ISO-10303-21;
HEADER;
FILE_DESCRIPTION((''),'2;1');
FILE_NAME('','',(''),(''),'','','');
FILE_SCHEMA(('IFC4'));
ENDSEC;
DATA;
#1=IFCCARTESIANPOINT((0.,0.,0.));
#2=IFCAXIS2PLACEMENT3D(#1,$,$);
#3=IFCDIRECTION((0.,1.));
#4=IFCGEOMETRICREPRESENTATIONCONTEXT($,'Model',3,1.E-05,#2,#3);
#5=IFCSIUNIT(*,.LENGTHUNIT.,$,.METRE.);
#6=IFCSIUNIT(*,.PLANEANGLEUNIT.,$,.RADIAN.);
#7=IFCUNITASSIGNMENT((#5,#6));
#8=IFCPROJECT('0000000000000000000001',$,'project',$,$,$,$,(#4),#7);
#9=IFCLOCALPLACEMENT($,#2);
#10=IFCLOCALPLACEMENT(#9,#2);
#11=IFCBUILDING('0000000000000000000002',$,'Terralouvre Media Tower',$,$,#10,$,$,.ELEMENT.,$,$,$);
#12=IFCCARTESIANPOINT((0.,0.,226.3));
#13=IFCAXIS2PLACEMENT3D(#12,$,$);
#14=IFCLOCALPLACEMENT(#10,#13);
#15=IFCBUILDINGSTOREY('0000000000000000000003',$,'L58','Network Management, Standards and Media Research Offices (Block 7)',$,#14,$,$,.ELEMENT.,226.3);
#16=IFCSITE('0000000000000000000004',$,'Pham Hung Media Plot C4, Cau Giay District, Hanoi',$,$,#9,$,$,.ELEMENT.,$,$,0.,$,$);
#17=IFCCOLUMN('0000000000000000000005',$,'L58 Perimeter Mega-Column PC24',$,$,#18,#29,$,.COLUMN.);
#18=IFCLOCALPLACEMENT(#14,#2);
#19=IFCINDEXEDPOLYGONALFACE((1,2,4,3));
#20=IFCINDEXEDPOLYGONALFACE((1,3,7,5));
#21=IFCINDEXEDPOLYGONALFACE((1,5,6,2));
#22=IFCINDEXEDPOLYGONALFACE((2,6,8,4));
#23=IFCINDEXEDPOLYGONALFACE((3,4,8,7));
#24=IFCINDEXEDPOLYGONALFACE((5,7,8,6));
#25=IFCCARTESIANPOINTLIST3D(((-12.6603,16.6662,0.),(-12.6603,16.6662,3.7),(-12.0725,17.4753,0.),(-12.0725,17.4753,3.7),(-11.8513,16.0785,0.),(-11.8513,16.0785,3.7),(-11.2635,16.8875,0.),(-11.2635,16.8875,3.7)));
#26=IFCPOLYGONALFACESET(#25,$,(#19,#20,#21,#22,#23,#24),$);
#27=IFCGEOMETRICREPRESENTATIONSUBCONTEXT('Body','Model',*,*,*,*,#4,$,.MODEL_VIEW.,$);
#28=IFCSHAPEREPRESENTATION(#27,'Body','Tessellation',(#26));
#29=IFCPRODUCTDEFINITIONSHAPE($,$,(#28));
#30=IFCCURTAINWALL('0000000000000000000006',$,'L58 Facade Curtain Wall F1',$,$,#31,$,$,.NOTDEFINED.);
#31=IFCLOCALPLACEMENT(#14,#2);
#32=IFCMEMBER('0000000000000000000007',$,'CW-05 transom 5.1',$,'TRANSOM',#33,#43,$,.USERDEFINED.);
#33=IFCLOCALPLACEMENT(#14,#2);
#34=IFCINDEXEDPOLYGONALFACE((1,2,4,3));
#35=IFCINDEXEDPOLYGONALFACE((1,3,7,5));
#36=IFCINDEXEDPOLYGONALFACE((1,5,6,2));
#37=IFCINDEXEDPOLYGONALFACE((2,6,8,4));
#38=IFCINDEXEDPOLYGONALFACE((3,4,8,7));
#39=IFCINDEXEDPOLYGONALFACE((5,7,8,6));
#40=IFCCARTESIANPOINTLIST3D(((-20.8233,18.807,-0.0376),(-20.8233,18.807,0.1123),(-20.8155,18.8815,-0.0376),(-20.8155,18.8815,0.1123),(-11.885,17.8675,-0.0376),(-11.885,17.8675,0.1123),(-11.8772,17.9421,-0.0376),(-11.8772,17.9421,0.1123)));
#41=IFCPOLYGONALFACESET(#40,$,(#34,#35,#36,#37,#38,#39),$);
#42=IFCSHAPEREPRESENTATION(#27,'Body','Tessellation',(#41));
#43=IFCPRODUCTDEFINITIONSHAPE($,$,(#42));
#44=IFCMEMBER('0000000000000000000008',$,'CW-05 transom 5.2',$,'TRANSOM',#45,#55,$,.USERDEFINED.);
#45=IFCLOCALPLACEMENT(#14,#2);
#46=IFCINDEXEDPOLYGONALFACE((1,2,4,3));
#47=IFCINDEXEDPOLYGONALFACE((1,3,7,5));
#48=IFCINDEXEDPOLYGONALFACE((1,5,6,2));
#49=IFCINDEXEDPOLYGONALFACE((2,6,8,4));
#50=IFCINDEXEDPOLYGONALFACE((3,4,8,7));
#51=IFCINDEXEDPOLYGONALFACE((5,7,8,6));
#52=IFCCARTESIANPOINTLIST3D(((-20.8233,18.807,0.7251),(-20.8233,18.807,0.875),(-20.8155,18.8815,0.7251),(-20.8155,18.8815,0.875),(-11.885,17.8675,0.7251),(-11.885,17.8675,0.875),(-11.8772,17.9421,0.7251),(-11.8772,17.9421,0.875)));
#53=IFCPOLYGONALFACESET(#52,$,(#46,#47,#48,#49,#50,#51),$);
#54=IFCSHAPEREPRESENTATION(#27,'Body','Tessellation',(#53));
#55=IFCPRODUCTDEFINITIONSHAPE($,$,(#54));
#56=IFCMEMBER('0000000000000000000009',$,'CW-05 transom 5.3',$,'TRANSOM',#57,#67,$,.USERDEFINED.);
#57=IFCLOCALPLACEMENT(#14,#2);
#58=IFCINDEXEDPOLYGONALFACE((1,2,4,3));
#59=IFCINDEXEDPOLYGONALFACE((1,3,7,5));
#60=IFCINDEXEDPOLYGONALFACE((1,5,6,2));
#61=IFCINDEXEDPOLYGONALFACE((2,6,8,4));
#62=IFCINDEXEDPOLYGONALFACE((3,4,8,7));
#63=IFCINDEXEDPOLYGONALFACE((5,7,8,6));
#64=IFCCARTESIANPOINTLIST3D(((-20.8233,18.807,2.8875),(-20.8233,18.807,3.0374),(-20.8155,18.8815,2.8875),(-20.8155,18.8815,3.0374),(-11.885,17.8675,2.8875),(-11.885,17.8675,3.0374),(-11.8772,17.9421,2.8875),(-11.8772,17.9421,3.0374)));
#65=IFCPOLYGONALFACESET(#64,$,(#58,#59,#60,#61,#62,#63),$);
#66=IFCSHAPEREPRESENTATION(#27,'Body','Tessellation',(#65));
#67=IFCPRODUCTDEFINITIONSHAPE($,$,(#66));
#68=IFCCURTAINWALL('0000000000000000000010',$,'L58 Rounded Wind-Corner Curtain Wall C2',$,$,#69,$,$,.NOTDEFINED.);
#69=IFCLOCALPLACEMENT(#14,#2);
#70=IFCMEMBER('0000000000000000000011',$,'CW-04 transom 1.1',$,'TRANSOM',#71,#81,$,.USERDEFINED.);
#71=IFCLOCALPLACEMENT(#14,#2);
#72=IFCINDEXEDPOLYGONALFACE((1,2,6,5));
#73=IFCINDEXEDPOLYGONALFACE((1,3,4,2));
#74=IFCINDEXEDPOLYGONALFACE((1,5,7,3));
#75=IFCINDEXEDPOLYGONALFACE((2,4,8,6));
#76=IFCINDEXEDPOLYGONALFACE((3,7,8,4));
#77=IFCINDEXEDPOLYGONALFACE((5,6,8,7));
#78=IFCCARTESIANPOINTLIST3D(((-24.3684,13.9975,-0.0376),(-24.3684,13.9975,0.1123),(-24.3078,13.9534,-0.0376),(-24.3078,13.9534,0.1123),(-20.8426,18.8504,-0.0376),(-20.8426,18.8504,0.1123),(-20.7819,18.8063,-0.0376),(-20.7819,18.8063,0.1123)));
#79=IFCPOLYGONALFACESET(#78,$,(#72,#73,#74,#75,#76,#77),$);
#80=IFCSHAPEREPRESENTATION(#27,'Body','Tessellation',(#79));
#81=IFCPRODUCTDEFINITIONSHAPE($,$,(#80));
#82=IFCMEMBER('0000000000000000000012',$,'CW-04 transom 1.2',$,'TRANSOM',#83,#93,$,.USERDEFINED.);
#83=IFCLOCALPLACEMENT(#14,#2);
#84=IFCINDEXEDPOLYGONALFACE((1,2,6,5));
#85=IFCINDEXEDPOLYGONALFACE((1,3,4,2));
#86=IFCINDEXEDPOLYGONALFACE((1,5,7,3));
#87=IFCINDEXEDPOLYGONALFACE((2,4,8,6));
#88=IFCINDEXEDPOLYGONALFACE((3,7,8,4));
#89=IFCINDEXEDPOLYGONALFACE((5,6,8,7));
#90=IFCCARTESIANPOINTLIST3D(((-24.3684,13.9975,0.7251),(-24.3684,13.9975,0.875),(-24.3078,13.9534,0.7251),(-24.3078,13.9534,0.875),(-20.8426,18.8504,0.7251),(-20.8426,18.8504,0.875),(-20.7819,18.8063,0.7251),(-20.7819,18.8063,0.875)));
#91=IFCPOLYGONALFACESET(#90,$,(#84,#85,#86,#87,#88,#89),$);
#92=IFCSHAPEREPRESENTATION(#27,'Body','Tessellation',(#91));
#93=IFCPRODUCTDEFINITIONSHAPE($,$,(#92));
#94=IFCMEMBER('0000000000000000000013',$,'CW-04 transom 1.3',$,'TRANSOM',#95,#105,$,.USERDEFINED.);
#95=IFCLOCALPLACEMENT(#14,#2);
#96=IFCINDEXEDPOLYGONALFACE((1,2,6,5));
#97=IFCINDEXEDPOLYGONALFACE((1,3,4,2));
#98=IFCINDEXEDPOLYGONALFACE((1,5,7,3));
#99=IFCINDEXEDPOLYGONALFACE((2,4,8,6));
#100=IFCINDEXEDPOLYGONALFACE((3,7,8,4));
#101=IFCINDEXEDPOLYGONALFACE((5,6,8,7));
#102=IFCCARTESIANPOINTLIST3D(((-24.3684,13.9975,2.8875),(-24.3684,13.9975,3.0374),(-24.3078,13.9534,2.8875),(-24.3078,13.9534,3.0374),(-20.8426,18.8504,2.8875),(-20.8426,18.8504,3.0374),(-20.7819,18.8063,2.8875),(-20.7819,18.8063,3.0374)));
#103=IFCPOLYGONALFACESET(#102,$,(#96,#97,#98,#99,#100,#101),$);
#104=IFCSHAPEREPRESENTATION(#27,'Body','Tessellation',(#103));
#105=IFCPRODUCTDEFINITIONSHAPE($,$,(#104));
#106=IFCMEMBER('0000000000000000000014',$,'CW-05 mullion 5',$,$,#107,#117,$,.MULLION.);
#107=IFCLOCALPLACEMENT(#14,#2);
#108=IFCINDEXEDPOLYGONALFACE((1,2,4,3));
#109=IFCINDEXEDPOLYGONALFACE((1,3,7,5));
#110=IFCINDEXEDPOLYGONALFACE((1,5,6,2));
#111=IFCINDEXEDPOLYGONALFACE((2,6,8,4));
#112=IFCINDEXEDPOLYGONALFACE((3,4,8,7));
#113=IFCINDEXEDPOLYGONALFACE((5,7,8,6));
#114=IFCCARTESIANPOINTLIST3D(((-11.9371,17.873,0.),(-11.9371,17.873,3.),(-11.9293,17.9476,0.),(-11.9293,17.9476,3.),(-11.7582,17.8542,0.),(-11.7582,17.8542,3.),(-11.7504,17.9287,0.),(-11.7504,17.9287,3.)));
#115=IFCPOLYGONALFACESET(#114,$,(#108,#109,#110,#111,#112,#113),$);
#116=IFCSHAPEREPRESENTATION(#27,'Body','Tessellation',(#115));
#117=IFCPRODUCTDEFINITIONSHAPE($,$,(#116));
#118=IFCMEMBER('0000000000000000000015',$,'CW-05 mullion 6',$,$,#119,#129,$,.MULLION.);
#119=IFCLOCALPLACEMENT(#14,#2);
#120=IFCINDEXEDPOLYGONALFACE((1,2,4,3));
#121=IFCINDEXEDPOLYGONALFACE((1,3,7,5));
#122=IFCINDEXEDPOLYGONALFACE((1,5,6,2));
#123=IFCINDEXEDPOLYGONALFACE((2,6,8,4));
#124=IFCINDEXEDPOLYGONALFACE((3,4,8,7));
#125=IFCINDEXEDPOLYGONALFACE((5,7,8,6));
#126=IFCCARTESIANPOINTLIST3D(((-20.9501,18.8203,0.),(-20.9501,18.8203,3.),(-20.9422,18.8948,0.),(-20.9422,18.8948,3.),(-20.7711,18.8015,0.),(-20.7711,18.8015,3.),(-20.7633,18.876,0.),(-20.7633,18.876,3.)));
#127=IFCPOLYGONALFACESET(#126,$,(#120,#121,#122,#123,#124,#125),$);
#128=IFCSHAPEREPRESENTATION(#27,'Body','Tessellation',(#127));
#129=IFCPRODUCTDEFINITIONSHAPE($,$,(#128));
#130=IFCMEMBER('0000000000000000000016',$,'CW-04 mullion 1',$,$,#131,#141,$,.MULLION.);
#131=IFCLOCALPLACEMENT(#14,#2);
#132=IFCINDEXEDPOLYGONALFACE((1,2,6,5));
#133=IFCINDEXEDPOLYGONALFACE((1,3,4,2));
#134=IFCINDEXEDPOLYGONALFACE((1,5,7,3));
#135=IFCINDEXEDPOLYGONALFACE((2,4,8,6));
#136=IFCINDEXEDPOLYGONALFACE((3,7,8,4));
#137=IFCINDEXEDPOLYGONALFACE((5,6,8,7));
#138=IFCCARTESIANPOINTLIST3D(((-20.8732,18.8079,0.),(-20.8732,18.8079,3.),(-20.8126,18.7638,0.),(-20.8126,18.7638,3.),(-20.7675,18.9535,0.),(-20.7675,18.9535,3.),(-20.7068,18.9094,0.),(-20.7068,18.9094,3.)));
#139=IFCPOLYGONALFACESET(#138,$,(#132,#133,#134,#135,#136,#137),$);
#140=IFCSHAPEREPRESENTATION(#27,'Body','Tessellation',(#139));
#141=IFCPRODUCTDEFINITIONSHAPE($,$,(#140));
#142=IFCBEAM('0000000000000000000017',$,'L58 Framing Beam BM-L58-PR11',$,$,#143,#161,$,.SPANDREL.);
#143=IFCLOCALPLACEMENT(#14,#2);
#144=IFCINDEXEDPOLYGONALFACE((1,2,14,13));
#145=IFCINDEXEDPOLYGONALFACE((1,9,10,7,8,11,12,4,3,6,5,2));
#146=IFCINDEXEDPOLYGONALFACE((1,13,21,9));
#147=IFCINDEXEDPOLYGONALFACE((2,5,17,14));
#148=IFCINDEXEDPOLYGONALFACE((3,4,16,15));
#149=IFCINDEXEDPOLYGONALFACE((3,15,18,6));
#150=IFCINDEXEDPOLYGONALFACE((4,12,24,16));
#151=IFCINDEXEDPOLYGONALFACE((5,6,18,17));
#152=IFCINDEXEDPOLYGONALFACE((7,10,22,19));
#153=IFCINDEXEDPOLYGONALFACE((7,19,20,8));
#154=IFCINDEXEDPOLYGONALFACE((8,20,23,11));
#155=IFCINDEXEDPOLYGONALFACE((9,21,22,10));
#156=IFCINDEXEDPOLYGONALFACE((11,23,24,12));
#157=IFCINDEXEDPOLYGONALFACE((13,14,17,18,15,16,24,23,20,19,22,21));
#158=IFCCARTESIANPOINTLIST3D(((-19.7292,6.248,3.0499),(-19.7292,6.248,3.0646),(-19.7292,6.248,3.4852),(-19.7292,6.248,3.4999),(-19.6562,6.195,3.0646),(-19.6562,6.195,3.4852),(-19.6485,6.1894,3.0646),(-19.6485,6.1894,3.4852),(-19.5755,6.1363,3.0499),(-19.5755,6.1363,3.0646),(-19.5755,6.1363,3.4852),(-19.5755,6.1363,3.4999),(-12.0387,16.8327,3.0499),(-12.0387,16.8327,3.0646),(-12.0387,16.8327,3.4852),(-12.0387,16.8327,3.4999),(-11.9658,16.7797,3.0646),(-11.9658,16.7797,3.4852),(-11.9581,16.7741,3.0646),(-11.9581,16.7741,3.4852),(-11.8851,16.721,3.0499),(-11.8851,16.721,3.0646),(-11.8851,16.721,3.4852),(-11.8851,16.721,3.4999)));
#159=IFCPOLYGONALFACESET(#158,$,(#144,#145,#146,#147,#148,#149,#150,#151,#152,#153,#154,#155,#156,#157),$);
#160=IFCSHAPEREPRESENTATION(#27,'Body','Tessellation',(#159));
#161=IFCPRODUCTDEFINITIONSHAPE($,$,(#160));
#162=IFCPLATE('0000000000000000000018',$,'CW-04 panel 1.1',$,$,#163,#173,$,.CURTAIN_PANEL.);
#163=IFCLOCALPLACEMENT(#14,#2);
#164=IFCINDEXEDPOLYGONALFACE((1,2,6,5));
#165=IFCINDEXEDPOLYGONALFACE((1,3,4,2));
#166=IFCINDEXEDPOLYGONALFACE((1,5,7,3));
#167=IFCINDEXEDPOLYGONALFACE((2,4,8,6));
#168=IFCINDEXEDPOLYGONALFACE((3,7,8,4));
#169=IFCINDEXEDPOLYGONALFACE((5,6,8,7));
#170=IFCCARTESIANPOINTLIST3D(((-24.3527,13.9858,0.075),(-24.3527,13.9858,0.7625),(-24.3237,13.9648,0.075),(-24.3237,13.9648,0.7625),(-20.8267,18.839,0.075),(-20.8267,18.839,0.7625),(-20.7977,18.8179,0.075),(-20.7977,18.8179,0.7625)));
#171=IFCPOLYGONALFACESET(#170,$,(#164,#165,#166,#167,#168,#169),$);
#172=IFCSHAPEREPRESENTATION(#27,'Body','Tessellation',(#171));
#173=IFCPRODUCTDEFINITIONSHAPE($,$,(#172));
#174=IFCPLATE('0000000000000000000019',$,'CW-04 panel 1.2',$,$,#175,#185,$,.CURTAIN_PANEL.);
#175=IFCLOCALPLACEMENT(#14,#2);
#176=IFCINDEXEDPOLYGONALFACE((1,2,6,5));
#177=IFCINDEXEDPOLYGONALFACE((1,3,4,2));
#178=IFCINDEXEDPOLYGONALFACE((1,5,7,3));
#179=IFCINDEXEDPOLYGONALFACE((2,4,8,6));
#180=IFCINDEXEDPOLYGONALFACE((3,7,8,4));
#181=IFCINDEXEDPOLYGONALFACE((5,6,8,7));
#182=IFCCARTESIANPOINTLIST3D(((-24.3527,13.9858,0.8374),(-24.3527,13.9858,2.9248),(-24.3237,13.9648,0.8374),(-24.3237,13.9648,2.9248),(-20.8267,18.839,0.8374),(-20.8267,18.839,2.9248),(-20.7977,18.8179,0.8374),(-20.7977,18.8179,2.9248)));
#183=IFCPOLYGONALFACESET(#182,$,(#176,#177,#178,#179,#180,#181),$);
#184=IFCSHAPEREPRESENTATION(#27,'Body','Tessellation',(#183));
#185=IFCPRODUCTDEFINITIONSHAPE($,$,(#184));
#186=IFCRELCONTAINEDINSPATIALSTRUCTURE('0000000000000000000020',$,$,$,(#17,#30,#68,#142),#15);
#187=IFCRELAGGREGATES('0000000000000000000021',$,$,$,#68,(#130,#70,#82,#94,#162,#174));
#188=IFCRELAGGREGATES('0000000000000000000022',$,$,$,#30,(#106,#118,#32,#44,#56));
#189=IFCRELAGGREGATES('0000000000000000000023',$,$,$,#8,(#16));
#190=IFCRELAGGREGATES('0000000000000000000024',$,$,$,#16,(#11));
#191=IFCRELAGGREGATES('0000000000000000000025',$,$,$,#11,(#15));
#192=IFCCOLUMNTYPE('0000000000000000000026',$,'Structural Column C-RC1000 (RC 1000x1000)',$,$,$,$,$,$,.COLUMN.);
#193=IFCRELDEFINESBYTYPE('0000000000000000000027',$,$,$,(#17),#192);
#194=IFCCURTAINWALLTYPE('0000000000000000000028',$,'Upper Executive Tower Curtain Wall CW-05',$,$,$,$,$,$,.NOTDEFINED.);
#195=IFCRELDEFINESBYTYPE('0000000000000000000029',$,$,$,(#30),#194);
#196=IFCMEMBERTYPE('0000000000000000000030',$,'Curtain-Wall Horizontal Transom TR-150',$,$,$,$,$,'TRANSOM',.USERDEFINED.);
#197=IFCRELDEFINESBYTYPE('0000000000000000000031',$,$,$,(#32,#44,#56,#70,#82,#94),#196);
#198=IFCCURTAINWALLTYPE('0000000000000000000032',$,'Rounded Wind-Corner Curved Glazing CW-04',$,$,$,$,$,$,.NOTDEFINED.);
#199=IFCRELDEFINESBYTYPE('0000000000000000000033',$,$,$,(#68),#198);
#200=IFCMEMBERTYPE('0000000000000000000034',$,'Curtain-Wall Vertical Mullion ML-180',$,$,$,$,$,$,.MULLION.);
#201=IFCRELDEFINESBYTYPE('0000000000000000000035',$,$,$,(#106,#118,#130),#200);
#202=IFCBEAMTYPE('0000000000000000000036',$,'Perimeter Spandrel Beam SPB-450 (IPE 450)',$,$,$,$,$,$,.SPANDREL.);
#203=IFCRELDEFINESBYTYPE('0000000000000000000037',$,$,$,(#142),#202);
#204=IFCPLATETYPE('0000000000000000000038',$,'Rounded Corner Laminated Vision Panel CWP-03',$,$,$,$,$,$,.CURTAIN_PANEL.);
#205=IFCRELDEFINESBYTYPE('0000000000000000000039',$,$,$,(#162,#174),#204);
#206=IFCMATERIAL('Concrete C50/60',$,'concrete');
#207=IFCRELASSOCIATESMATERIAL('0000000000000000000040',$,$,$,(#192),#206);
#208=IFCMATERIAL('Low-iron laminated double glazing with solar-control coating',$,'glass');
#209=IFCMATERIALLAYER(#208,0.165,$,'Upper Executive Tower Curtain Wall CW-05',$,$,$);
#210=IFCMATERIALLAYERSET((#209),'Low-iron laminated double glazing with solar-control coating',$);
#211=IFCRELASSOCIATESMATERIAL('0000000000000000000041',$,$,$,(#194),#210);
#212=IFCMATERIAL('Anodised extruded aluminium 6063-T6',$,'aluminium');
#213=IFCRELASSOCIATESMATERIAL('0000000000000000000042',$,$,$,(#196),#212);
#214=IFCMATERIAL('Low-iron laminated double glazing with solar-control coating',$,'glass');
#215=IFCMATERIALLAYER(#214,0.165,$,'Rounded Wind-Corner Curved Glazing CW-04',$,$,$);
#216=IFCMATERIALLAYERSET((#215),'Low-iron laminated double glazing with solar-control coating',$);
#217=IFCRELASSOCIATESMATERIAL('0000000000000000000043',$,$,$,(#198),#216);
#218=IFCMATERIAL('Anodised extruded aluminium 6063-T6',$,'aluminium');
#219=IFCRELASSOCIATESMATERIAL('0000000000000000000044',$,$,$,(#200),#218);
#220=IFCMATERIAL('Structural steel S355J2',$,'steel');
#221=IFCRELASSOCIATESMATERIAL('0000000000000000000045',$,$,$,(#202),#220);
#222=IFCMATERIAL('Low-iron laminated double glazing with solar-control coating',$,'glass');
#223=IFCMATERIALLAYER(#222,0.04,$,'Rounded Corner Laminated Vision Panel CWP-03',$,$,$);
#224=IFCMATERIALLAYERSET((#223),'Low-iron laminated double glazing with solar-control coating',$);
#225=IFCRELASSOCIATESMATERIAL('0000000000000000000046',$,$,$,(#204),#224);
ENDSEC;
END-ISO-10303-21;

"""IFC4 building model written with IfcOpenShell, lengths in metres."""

from ifc_helpers import new_model, si_unit, direction, frame, origin, origin_2d, place, context, subcontext, project, spatial, rectangle, i_section, extrude, material, layer, layer_set, material_profile, profile_set, type_object, element, aggregate, save


model = new_model("IFC4")

# Units and contexts
model_context = context("Model", 3, precision=1e-05, world=origin(), true_north=direction((0.0, 1.0)))
body_context = subcontext(model_context, "Body", "Model", "MODEL_VIEW")
ifc_project = project(units=[si_unit("LENGTHUNIT", "METRE"), si_unit("PLANEANGLEUNIT", "RADIAN")], contexts=[model_context])

# Site, building, storey
site_placement = place(None, origin())
site = spatial("IfcSite", under=ifc_project, at=site_placement, Name="Pham Hung Media Plot C4, Cau Giay District, Hanoi", CompositionType="ELEMENT", RefElevation=0.0)
building_placement = place(site_placement, origin())
building = spatial("IfcBuilding", under=site, at=building_placement, Name="Terralouvre Media Tower", CompositionType="ELEMENT")
storey_placement = place(building_placement, frame((0.0, 0.0, 226.3)))
storey = spatial("IfcBuildingStorey", under=building, at=storey_placement, Name="L58", Description="Network Management, Standards and Media Research Offices (Block 7)", CompositionType="ELEMENT", Elevation=226.3)

# Column
ifc_material_1 = material(Name="Concrete C50/60", Category="concrete")
ifc_material_profile_1 = material_profile(ifc_material_1, rectangle(XDim=1.0, YDim=1.0, at=origin_2d()), Name="RC 1000x1000")
ifc_profile_set_1 = profile_set([ifc_material_profile_1], Name="Concrete C50/60")
column_type = type_object("IfcColumnType", Name="Structural Column C-RC1000 (RC 1000x1000)", PredefinedType="COLUMN", material=ifc_profile_set_1)
column_placement = place(storey_placement, frame((-11.9619, 16.7769, 0.0), z_axis=(0.0, 0.0, 1.0), x_axis=(0.587785, 0.809017, 0.0)))
element("IfcColumn", 1, at=column_placement, inside=storey, type_object=column_type, Name="L58 Perimeter Mega-Column PC24", PredefinedType="COLUMN", context=body_context, shape_type="SweptSolid", body=[
    extrude(rectangle(XDim=1.0, YDim=1.0, at=origin_2d()), origin(), (0.0, 0.0, 1.0), 3.7),
])

# Curtain walls, members
ifc_material_2 = material(Name="Low-iron laminated double glazing with solar-control coating", Category="glass")
ifc_layer_1 = layer(ifc_material_2, 0.165, Name="Upper Executive Tower Curtain Wall CW-05")
ifc_layer_set_1 = layer_set([ifc_layer_1], Name="Low-iron laminated double glazing with solar-control coating")
curtain_wall_type_1 = type_object("IfcCurtainWallType", Name="Upper Executive Tower Curtain Wall CW-05", PredefinedType="NOTDEFINED", material=ifc_layer_set_1)
curtain_wall_1_placement = place(storey_placement, origin())
curtain_wall_1 = element("IfcCurtainWall", 2, at=curtain_wall_1_placement, inside=storey, type_object=curtain_wall_type_1, Name="L58 Facade Curtain Wall F1", PredefinedType="NOTDEFINED")
ifc_material_3 = material(Name="Anodised extruded aluminium 6063-T6", Category="aluminium")
ifc_material_profile_2 = material_profile(ifc_material_3, rectangle(XDim=0.075, YDim=0.1499, at=origin_2d()), Name="ALU 75x150")
ifc_profile_set_2 = profile_set([ifc_material_profile_2], Name="Anodised extruded aluminium 6063-T6")
member_type_1 = type_object("IfcMemberType", Name="Curtain-Wall Horizontal Transom TR-150", ElementType="TRANSOM", PredefinedType="USERDEFINED", material=ifc_profile_set_2)
member_1_placement = place(storey_placement, frame((-11.8811, 17.9048, 0.0374), z_axis=(-0.994522, 0.104529, 0.0), x_axis=(-0.104529, -0.994522, 0.0)))
member_1 = element("IfcMember", 3, at=member_1_placement, type_object=member_type_1, Name="CW-05 transom 5.1", ObjectType="TRANSOM", PredefinedType="USERDEFINED", context=body_context, shape_type="SweptSolid", body=[
    extrude(rectangle(XDim=0.075, YDim=0.1499, at=origin_2d()), origin(), (0.0, 0.0, 1.0), 8.9875),
])
member_2_placement = place(storey_placement, frame((-11.8811, 17.9048, 0.8), z_axis=(-0.994522, 0.104529, 0.0), x_axis=(-0.104529, -0.994522, 0.0)))
member_2 = element("IfcMember", 4, at=member_2_placement, type_object=member_type_1, Name="CW-05 transom 5.2", ObjectType="TRANSOM", PredefinedType="USERDEFINED", context=body_context, shape_type="SweptSolid", body=[
    extrude(rectangle(XDim=0.075, YDim=0.1499, at=origin_2d()), origin(), (0.0, 0.0, 1.0), 8.9875),
])
member_3_placement = place(storey_placement, frame((-11.8811, 17.9048, 2.9624), z_axis=(-0.994522, 0.104529, 0.0), x_axis=(-0.104529, -0.994522, 0.0)))
member_3 = element("IfcMember", 5, at=member_3_placement, type_object=member_type_1, Name="CW-05 transom 5.3", ObjectType="TRANSOM", PredefinedType="USERDEFINED", context=body_context, shape_type="SweptSolid", body=[
    extrude(rectangle(XDim=0.075, YDim=0.1499, at=origin_2d()), origin(), (0.0, 0.0, 1.0), 8.9875),
])
ifc_material_4 = material(Name="Low-iron laminated double glazing with solar-control coating", Category="glass")
ifc_layer_2 = layer(ifc_material_4, 0.165, Name="Rounded Wind-Corner Curved Glazing CW-04")
ifc_layer_set_2 = layer_set([ifc_layer_2], Name="Low-iron laminated double glazing with solar-control coating")
curtain_wall_type_2 = type_object("IfcCurtainWallType", Name="Rounded Wind-Corner Curved Glazing CW-04", PredefinedType="NOTDEFINED", material=ifc_layer_set_2)
curtain_wall_2_placement = place(storey_placement, origin())
curtain_wall_2 = element("IfcCurtainWall", 6, at=curtain_wall_2_placement, inside=storey, type_object=curtain_wall_type_2, Name="L58 Rounded Wind-Corner Curtain Wall C2", PredefinedType="NOTDEFINED")
member_4_placement = place(storey_placement, frame((-20.8123, 18.8284, 0.0374), z_axis=(-0.58778, -0.809021, 0.0), x_axis=(0.809021, -0.58778, 0.0)))
member_4 = element("IfcMember", 7, at=member_4_placement, type_object=member_type_1, Name="CW-04 transom 1.1", ObjectType="TRANSOM", PredefinedType="USERDEFINED", context=body_context, shape_type="SweptSolid", body=[
    extrude(rectangle(XDim=0.075, YDim=0.1499, at=origin_2d()), origin(), (0.0, 0.0, 1.0), 5.9985),
])
member_5_placement = place(storey_placement, frame((-20.8123, 18.8284, 0.8), z_axis=(-0.58778, -0.809021, 0.0), x_axis=(0.809021, -0.58778, 0.0)))
member_5 = element("IfcMember", 8, at=member_5_placement, type_object=member_type_1, Name="CW-04 transom 1.2", ObjectType="TRANSOM", PredefinedType="USERDEFINED", context=body_context, shape_type="SweptSolid", body=[
    extrude(rectangle(XDim=0.075, YDim=0.1499, at=origin_2d()), origin(), (0.0, 0.0, 1.0), 5.9985),
])
member_6_placement = place(storey_placement, frame((-20.8123, 18.8284, 2.9624), z_axis=(-0.58778, -0.809021, 0.0), x_axis=(0.809021, -0.58778, 0.0)))
member_6 = element("IfcMember", 9, at=member_6_placement, type_object=member_type_1, Name="CW-04 transom 1.3", ObjectType="TRANSOM", PredefinedType="USERDEFINED", context=body_context, shape_type="SweptSolid", body=[
    extrude(rectangle(XDim=0.075, YDim=0.1499, at=origin_2d()), origin(), (0.0, 0.0, 1.0), 5.9985),
])

# Members
ifc_material_5 = material(Name="Anodised extruded aluminium 6063-T6", Category="aluminium")
ifc_material_profile_3 = material_profile(ifc_material_5, rectangle(XDim=0.075, YDim=0.1799, at=origin_2d()), Name="ALU 75x180")
ifc_profile_set_3 = profile_set([ifc_material_profile_3], Name="Anodised extruded aluminium 6063-T6")
member_type_2 = type_object("IfcMemberType", Name="Curtain-Wall Vertical Mullion ML-180", PredefinedType="MULLION", material=ifc_profile_set_3)
member_7_placement = place(storey_placement, frame((-11.8438, 17.9009, 0.0), z_axis=(0.0, 0.0, 1.0), x_axis=(-0.104529, -0.994522, 0.0)))
member_7 = element("IfcMember", 10, at=member_7_placement, type_object=member_type_2, Name="CW-05 mullion 5", PredefinedType="MULLION", context=body_context, shape_type="SweptSolid", body=[
    extrude(rectangle(XDim=0.075, YDim=0.1799, at=origin_2d()), origin(), (0.0, 0.0, 1.0), 3.0),
])
member_8_placement = place(storey_placement, frame((-20.8567, 18.8481, 0.0), z_axis=(0.0, 0.0, 1.0), x_axis=(-0.104529, -0.994522, 0.0)))
member_8 = element("IfcMember", 11, at=member_8_placement, type_object=member_type_2, Name="CW-05 mullion 6", PredefinedType="MULLION", context=body_context, shape_type="SweptSolid", body=[
    extrude(rectangle(XDim=0.075, YDim=0.1799, at=origin_2d()), origin(), (0.0, 0.0, 1.0), 3.0),
])
member_9_placement = place(storey_placement, frame((-20.79, 18.8586, 0.0), z_axis=(0.0, 0.0, 1.0), x_axis=(0.809017, -0.587786, 0.0)))
member_9 = element("IfcMember", 12, at=member_9_placement, type_object=member_type_2, Name="CW-04 mullion 1", PredefinedType="MULLION", context=body_context, shape_type="SweptSolid", body=[
    extrude(rectangle(XDim=0.075, YDim=0.1799, at=origin_2d()), origin(), (0.0, 0.0, 1.0), 3.0),
])

# Beam
ifc_material_6 = material(Name="Structural steel S355J2", Category="steel")
ifc_material_profile_4 = material_profile(ifc_material_6, i_section(OverallWidth=0.1899, OverallDepth=0.45, WebThickness=0.0095, FlangeThickness=0.0146, at=origin_2d()), Name="IPE 450")
ifc_profile_set_4 = profile_set([ifc_material_profile_4], Name="Structural steel S355J2")
beam_type = type_object("IfcBeamType", Name="Perimeter Spandrel Beam SPB-450 (IPE 450)", PredefinedType="SPANDREL", material=ifc_profile_set_4)
beam_placement = place(storey_placement, frame((-11.9619, 16.7769, 3.2749), z_axis=(-0.587794, -0.80901, 0.0), x_axis=(0.80901, -0.587794, 0.0)))
element("IfcBeam", 13, at=beam_placement, inside=storey, type_object=beam_type, Name="L58 Framing Beam BM-L58-PR11", PredefinedType="SPANDREL", context=body_context, shape_type="SweptSolid", body=[
    extrude(i_section(OverallWidth=0.1899, OverallDepth=0.45, WebThickness=0.0095, FlangeThickness=0.0146, at=origin_2d()), origin(), (0.0, 0.0, 1.0), 13.0835),
])

# Plates
ifc_material_7 = material(Name="Low-iron laminated double glazing with solar-control coating", Category="glass")
ifc_layer_3 = layer(ifc_material_7, 0.04, Name="Rounded Corner Laminated Vision Panel CWP-03")
ifc_layer_set_3 = layer_set([ifc_layer_3], Name="Low-iron laminated double glazing with solar-control coating")
plate_type_1 = type_object("IfcPlateType", Name="Rounded Corner Laminated Vision Panel CWP-03", PredefinedType="CURTAIN_PANEL", material=ifc_layer_set_3)
plate_1_placement = place(storey_placement, frame((-22.5752, 16.4019, 0.075), z_axis=(0.0, 0.0, 1.0), x_axis=(-0.587786, -0.809017, 0.0)))
plate_1 = element("IfcPlate", 14, at=plate_1_placement, type_object=plate_type_1, Name="CW-04 panel 1.1", PredefinedType="CURTAIN_PANEL", context=body_context, shape_type="SweptSolid", body=[
    extrude(rectangle(XDim=5.9988, YDim=0.0359, at=origin_2d()), origin(), (0.0, 0.0, 1.0), 0.6875),
])
plate_2_placement = place(storey_placement, frame((-22.5752, 16.4019, 0.8374), z_axis=(0.0, 0.0, 1.0), x_axis=(-0.587786, -0.809017, 0.0)))
plate_2 = element("IfcPlate", 15, at=plate_2_placement, type_object=plate_type_1, Name="CW-04 panel 1.2", PredefinedType="CURTAIN_PANEL", context=body_context, shape_type="SweptSolid", body=[
    extrude(rectangle(XDim=5.9988, YDim=0.0359, at=origin_2d()), origin(), (0.0, 0.0, 1.0), 2.0874),
])
aggregate(curtain_wall_2, [member_9, member_4, member_5, member_6, plate_1, plate_2])
aggregate(curtain_wall_1, [member_7, member_8, member_1, member_2, member_3])

save(model, "model.ifc")
